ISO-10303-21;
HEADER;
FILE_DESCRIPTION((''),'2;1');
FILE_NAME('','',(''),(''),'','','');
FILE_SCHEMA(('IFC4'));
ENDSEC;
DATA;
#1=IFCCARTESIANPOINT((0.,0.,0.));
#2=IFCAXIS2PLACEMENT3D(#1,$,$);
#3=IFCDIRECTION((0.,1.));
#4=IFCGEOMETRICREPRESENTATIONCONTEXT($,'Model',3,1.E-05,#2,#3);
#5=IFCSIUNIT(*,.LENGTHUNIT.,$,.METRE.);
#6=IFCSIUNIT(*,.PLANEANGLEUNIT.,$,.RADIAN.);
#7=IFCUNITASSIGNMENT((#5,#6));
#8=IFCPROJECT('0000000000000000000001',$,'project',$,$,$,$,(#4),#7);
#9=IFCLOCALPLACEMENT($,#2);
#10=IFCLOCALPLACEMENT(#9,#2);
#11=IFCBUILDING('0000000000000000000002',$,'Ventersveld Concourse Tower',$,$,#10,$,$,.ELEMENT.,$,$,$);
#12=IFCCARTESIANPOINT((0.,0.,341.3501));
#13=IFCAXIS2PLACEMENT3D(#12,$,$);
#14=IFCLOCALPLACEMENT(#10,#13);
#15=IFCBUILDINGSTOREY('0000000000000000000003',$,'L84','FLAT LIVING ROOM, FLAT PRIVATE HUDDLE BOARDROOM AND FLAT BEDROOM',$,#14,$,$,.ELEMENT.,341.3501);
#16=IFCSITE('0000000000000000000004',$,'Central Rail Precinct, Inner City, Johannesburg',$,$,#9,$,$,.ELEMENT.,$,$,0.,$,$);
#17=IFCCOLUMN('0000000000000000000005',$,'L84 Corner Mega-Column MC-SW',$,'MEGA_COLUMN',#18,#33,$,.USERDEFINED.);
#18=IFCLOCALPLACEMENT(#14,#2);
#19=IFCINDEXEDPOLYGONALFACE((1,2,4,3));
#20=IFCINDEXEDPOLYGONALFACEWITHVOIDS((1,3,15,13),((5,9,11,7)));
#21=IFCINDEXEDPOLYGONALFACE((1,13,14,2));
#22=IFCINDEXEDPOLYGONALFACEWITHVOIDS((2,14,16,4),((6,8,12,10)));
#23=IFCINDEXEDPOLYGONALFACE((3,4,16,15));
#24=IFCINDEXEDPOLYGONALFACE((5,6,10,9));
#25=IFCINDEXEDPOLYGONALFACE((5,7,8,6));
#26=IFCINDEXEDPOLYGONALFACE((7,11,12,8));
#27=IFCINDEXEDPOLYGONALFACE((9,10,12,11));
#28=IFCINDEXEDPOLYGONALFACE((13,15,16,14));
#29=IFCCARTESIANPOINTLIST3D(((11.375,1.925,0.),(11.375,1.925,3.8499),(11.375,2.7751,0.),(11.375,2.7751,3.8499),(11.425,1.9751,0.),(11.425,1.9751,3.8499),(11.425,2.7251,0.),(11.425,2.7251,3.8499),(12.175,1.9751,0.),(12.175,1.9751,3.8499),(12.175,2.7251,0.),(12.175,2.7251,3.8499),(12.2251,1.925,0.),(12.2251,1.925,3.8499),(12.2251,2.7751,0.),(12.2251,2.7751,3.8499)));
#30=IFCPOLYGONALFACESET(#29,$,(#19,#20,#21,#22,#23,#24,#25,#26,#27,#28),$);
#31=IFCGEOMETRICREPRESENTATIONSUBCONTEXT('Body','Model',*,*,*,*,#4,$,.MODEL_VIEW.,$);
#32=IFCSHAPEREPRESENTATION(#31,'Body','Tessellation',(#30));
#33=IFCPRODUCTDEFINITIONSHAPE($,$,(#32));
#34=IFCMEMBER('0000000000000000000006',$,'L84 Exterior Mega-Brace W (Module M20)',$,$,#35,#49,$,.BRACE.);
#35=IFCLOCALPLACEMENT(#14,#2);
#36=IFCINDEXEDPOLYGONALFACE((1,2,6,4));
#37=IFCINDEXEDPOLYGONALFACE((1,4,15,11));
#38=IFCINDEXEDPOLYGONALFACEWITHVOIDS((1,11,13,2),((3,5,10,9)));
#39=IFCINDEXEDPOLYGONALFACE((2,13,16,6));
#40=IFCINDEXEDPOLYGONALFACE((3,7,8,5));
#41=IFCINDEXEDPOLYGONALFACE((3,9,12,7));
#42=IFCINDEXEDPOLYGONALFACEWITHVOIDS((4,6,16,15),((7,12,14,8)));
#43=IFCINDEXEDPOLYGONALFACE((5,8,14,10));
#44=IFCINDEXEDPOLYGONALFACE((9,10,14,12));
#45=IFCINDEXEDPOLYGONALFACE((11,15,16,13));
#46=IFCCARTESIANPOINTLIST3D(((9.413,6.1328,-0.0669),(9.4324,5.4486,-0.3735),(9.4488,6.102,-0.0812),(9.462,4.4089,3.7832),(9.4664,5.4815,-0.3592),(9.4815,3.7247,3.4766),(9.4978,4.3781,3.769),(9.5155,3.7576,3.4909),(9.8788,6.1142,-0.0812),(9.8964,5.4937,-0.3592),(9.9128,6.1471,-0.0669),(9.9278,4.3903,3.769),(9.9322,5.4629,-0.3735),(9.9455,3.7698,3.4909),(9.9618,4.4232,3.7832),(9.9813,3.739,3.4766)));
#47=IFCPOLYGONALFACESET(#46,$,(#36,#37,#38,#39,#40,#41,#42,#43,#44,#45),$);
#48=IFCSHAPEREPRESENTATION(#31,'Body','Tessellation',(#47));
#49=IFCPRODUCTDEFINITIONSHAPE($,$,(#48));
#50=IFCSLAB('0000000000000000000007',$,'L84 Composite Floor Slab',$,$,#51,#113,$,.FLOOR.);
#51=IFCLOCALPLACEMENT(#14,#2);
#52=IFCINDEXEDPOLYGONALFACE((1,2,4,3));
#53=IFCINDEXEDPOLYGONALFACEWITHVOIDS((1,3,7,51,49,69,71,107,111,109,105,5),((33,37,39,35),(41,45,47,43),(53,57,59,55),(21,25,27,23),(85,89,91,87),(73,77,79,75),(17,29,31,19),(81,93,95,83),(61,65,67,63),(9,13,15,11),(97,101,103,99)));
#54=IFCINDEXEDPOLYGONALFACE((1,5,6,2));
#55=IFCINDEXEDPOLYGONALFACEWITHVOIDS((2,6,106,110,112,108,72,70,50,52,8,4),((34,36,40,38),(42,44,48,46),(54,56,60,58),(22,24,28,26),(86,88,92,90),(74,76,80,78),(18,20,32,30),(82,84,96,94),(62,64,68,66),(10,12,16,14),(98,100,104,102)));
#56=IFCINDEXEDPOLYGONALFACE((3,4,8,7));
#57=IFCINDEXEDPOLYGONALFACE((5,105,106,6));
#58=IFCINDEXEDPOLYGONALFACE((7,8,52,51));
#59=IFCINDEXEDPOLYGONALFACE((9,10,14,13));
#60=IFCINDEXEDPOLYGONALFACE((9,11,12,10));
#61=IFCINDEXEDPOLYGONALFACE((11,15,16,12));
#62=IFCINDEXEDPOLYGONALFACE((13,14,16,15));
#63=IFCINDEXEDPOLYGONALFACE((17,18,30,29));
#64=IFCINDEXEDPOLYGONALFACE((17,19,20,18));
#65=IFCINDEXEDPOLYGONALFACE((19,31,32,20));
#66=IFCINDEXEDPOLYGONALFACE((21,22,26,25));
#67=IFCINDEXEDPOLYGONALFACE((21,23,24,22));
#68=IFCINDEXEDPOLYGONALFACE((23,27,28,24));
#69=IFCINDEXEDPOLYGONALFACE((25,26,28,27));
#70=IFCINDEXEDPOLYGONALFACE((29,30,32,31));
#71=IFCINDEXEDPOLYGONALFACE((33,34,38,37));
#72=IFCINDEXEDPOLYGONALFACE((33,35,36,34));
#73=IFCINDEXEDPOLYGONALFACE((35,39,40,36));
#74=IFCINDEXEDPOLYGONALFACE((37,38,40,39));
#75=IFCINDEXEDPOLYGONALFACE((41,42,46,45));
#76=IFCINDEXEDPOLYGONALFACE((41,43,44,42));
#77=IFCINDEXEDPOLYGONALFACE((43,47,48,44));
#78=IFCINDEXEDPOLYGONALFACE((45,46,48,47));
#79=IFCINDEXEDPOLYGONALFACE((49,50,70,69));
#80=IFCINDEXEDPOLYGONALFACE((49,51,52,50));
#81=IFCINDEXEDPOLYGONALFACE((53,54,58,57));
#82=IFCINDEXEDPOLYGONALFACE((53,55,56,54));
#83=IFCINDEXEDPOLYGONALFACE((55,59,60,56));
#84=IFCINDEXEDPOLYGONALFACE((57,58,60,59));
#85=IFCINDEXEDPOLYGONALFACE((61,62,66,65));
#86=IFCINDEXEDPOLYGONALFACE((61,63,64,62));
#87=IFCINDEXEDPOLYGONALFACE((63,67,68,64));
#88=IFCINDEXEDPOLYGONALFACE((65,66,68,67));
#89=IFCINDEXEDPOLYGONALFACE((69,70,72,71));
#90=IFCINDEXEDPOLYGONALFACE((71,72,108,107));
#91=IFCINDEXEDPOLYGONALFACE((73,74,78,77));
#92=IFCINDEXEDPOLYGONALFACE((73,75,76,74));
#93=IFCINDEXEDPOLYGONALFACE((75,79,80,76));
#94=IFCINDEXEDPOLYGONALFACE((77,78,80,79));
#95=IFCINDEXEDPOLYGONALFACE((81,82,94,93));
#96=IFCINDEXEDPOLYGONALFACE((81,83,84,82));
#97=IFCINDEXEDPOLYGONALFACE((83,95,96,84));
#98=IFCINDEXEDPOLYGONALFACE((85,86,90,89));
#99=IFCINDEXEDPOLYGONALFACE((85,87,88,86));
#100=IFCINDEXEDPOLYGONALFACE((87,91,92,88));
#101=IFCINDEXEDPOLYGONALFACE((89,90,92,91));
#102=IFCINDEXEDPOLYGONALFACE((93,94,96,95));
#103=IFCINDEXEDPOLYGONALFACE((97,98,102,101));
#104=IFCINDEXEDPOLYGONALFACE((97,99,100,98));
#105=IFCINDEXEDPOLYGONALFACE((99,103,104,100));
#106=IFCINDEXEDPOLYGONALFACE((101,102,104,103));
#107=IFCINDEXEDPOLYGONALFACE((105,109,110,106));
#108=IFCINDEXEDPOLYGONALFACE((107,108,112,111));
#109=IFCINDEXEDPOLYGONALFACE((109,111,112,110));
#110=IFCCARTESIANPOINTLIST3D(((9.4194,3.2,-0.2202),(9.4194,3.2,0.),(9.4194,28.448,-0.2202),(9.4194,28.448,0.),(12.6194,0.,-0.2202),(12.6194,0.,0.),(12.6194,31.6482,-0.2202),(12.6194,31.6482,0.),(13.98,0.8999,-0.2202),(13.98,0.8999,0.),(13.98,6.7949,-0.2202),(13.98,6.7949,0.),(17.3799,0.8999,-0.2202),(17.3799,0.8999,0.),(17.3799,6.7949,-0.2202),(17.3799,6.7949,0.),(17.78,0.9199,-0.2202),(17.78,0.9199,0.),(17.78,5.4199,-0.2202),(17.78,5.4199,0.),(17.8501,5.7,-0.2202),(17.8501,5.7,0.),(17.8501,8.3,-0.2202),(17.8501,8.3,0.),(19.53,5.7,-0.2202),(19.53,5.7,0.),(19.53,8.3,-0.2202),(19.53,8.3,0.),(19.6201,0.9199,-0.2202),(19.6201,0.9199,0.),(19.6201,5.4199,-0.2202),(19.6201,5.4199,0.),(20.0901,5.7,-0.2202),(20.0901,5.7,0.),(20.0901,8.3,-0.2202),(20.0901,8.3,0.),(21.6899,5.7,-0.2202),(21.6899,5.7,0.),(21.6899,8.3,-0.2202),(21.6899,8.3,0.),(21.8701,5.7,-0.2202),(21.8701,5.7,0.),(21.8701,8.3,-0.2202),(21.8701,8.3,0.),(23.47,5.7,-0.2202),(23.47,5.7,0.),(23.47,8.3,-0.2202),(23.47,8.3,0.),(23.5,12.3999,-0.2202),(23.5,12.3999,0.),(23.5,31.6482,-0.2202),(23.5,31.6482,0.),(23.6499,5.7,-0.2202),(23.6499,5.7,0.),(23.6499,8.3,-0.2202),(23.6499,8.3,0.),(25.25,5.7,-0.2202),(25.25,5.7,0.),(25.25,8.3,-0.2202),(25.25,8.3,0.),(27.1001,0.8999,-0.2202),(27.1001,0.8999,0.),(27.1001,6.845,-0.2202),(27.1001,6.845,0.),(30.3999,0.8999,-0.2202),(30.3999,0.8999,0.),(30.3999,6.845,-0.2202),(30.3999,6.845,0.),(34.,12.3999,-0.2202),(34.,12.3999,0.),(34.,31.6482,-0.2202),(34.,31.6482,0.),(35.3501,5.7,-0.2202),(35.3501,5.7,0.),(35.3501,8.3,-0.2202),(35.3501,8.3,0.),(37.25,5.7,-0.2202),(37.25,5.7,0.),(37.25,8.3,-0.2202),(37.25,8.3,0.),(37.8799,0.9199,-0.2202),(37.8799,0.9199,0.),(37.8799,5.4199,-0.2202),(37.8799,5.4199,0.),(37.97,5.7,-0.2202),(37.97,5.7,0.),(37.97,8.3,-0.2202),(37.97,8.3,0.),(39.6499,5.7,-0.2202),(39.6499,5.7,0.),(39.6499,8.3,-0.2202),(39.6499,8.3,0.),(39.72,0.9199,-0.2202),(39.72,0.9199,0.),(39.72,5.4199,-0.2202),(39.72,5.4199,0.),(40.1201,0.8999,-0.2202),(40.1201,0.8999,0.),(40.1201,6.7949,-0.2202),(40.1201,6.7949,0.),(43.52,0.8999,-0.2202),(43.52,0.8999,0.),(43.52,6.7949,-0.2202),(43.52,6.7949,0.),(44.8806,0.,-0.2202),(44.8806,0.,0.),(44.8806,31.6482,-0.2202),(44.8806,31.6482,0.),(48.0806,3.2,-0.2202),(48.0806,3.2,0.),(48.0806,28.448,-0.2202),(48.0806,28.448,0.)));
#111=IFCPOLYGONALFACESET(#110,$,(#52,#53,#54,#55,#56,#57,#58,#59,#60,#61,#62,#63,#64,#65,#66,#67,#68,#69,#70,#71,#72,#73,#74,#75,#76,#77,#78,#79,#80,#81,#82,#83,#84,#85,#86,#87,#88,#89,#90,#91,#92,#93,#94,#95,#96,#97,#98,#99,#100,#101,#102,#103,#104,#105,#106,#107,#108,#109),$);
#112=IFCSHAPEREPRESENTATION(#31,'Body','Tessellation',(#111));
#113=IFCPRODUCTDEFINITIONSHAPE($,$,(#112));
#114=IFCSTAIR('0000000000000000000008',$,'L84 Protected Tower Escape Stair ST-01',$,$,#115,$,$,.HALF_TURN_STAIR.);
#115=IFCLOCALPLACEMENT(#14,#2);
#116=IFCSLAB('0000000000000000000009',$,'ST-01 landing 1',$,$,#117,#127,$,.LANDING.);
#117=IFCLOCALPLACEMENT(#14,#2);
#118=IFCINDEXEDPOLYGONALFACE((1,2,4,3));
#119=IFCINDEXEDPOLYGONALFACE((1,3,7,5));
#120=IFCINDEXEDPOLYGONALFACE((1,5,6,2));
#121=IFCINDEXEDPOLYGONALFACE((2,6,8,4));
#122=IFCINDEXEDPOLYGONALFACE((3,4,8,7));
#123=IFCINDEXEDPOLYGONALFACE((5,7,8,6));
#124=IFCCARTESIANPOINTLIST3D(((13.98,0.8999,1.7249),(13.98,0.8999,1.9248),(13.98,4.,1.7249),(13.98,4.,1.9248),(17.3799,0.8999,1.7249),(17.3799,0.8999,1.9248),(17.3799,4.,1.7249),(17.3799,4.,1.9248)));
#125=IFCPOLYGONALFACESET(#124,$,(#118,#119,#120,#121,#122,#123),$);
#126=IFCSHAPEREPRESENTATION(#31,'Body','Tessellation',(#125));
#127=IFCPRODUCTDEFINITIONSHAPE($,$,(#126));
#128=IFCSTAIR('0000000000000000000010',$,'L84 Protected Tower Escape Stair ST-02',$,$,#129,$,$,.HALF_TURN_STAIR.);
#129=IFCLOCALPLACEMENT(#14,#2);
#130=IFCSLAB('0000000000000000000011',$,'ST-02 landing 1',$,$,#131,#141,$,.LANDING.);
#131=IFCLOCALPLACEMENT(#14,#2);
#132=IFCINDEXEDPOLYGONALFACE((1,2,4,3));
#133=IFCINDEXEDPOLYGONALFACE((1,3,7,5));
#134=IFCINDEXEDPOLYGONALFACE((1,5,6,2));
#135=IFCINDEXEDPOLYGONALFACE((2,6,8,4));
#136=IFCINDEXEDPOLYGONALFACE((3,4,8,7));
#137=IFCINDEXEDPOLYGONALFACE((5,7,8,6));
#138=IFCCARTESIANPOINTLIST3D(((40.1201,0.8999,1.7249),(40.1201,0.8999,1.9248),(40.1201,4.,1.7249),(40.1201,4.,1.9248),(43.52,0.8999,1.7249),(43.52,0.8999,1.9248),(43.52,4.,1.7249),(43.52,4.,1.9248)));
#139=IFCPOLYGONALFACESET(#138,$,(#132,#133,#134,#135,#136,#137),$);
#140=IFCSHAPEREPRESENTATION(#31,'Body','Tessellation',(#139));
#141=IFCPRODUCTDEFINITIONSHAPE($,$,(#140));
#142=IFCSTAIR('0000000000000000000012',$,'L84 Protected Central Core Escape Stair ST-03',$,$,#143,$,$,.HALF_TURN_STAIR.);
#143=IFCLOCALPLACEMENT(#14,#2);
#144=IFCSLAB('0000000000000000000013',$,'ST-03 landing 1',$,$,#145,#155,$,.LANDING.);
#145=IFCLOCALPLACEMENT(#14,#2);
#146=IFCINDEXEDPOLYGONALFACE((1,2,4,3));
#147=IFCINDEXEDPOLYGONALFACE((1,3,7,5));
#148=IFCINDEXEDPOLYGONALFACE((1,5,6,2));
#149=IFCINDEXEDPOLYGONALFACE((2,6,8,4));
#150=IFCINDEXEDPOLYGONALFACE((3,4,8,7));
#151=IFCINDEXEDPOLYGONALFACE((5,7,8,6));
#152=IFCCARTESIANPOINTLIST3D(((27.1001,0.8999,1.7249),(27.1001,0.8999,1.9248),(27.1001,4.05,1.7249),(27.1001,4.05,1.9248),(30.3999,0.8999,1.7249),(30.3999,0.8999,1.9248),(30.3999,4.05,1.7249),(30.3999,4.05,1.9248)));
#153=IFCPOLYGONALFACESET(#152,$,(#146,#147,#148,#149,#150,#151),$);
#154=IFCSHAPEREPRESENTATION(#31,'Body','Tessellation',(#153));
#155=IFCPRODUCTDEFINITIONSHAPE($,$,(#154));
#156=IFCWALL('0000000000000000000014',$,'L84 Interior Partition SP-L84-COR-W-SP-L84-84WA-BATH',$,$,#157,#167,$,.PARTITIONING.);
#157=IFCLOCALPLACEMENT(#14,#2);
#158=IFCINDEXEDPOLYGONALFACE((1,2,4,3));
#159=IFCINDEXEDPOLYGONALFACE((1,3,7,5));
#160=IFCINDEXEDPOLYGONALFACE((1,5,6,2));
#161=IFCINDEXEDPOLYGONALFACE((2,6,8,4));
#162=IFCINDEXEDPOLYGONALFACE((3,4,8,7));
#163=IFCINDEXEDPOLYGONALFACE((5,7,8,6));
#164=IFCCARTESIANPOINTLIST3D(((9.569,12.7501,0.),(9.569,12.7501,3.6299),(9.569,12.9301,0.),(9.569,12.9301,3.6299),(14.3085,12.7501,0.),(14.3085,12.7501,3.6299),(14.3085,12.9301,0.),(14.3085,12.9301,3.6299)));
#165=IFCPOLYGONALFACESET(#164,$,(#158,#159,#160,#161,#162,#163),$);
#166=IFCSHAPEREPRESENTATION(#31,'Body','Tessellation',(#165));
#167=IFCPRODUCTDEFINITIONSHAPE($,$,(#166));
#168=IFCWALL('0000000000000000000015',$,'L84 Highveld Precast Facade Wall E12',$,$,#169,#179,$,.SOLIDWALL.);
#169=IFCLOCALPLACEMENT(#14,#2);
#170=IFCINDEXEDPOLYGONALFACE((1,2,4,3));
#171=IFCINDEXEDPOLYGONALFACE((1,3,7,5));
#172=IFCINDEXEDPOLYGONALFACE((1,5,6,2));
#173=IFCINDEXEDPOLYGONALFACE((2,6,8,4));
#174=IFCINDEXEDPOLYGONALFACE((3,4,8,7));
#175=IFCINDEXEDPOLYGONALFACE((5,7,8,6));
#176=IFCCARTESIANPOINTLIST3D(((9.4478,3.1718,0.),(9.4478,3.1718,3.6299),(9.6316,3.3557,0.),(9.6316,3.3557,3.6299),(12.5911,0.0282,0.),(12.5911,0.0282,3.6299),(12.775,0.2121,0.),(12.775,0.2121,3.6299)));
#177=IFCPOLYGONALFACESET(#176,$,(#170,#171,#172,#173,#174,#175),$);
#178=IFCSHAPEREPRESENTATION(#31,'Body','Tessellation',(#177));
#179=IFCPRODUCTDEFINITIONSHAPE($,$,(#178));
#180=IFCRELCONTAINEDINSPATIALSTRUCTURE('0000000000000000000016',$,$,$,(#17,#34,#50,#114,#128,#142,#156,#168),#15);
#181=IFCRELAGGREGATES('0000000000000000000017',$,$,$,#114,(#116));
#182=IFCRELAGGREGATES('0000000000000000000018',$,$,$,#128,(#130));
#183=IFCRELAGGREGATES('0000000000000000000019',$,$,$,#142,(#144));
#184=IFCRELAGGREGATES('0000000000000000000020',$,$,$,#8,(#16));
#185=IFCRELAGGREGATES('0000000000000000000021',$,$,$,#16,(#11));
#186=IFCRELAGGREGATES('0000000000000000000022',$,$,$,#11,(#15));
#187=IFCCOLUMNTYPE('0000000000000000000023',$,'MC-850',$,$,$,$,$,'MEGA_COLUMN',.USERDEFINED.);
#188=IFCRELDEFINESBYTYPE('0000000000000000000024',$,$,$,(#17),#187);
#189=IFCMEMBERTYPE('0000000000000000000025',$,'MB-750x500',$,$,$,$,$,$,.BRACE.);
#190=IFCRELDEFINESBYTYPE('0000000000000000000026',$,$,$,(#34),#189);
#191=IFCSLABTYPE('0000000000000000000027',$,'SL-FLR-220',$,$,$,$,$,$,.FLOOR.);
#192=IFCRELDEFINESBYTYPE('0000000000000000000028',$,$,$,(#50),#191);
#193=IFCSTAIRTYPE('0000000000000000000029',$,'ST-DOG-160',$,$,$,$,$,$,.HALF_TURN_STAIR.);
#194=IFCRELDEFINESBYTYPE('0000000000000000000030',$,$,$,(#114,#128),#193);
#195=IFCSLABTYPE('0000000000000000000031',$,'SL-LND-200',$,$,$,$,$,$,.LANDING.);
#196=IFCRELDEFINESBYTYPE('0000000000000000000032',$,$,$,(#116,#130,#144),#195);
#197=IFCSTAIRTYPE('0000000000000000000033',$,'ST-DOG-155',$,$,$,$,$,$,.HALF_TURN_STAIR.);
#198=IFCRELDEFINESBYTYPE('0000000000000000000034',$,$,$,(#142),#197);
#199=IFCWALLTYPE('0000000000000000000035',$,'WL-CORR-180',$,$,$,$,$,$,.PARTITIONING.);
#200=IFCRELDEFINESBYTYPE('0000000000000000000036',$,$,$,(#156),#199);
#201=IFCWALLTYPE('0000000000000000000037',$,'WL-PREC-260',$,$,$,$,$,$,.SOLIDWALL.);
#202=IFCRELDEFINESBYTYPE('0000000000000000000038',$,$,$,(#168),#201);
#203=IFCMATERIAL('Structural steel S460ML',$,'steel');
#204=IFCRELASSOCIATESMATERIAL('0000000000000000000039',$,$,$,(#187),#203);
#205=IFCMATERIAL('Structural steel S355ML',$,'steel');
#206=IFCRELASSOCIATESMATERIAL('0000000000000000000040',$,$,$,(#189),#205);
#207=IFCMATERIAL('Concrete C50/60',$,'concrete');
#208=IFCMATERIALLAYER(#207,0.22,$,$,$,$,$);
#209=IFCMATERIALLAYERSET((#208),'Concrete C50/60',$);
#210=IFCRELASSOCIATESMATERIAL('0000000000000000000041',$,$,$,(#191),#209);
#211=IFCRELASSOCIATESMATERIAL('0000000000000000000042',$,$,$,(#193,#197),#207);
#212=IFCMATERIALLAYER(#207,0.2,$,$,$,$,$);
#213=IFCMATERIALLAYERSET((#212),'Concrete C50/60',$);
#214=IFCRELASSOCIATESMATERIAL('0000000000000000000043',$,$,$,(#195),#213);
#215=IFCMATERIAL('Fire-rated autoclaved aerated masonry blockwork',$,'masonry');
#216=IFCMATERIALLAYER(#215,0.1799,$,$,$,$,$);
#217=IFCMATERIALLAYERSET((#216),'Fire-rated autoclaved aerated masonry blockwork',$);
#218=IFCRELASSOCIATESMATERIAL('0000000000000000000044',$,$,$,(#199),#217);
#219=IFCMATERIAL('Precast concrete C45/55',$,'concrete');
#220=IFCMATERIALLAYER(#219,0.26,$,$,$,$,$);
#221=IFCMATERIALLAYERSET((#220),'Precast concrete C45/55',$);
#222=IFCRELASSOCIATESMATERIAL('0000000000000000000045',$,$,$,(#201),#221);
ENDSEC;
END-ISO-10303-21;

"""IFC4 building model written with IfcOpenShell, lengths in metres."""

from ifc_helpers import new_model, si_unit, direction, frame, frame_2d, origin, origin_2d, place, context, subcontext, project, spatial, polyline, rectangle, hollow_rectangle, outline, extrude, material, layer, layer_set, material_profile, profile_set, type_object, element, aggregate, save


model = new_model("IFC4")

# Units and contexts
model_context = context("Model", 3, precision=1e-05, world=origin(), true_north=direction((0.0, 1.0)))
body_context = subcontext(model_context, "Body", "Model", "MODEL_VIEW")
ifc_project = project(units=[si_unit("LENGTHUNIT", "METRE"), si_unit("PLANEANGLEUNIT", "RADIAN")], contexts=[model_context])

# Site, building, storey
site_placement = place(None, origin())
site = spatial("IfcSite", under=ifc_project, at=site_placement, Name="Central Rail Precinct, Inner City, Johannesburg", CompositionType="ELEMENT", RefElevation=0.0)
building_placement = place(site_placement, origin())
building = spatial("IfcBuilding", under=site, at=building_placement, Name="Ventersveld Concourse Tower", CompositionType="ELEMENT")
storey_placement = place(building_placement, frame((0.0, 0.0, 341.3501)))
storey = spatial("IfcBuildingStorey", under=building, at=storey_placement, Name="L84", Description="FLAT LIVING ROOM, FLAT PRIVATE HUDDLE BOARDROOM AND FLAT BEDROOM", CompositionType="ELEMENT", Elevation=341.3501)

# Column
ifc_material_1 = material(Name="Structural steel S460ML", Category="steel")
ifc_material_profile_1 = material_profile(ifc_material_1, hollow_rectangle(XDim=0.8501, YDim=0.8501, WallThickness=0.05, at=origin_2d()), Name="BOX 850x850x50")
ifc_profile_set_1 = profile_set([ifc_material_profile_1], Name="Structural steel S460ML")
column_type = type_object("IfcColumnType", Name="MC-850", ElementType="MEGA_COLUMN", PredefinedType="USERDEFINED", material=ifc_profile_set_1)
column_placement = place(storey_placement, frame((11.8, 2.3501, 0.0), z_axis=(0.0, 0.0, 1.0), x_axis=(1.0, 0.0, 0.0)))
element("IfcColumn", 1, at=column_placement, inside=storey, type_object=column_type, Name="L84 Corner Mega-Column MC-SW", ObjectType="MEGA_COLUMN", PredefinedType="USERDEFINED", context=body_context, shape_type="SweptSolid", body=[
    extrude(hollow_rectangle(XDim=0.8501, YDim=0.8501, WallThickness=0.05, at=origin_2d()), origin(), (0.0, 0.0, 1.0), 3.8499),
])

# Member
ifc_material_2 = material(Name="Structural steel S355ML", Category="steel")
ifc_material_profile_2 = material_profile(ifc_material_2, hollow_rectangle(XDim=0.5, YDim=0.75, WallThickness=0.0349, at=origin_2d()), Name="BOX 750x500x35")
ifc_profile_set_2 = profile_set([ifc_material_profile_2], Name="Structural steel S355ML")
member_type = type_object("IfcMemberType", Name="MB-750x500", PredefinedType="BRACE", material=ifc_profile_set_2)
member_placement = place(storey_placement, frame((9.6726, 5.7979, -0.2202), z_axis=(0.011632, -0.408628, 0.912627), x_axis=(0.999595, 0.028455, 0.0)))
element("IfcMember", 2, at=member_placement, inside=storey, type_object=member_type, Name="L84 Exterior Mega-Brace W (Module M20)", PredefinedType="BRACE", context=body_context, shape_type="SweptSolid", body=[
    extrude(hollow_rectangle(XDim=0.5, YDim=0.75, WallThickness=0.0349, at=origin_2d()), origin(), (0.0, 0.0, 1.0), 4.2188),
])

# Slab
ifc_material_3 = material(Name="Concrete C50/60", Category="concrete")
ifc_layer_1 = layer(ifc_material_3, 0.22)
ifc_layer_set_1 = layer_set([ifc_layer_1], Name="Concrete C50/60")
slab_type_1 = type_object("IfcSlabType", Name="SL-FLR-220", PredefinedType="FLOOR", material=ifc_layer_set_1)
slab_1_placement = place(storey_placement, frame((0.0, 0.0, -0.2202)))
element("IfcSlab", 3, at=slab_1_placement, inside=storey, type_object=slab_type_1, Name="L84 Composite Floor Slab", PredefinedType="FLOOR", context=body_context, shape_type="SweptSolid", body=[
    extrude(outline(polyline([(12.6194, 0.0), (44.8806, 0.0), (48.0806, 3.2), (48.0806, 28.448), (44.8806, 31.6482), (34.0, 31.6482), (34.0, 12.3999), (23.5, 12.3999), (23.5, 31.6482), (12.6194, 31.6482), (9.4194, 28.448), (9.4194, 3.2), (12.6194, 0.0)]), holes=[polyline([(13.98, 6.7949), (13.98, 0.8999), (17.3799, 0.8999), (17.3799, 6.7949), (13.98, 6.7949)]), polyline([(40.1201, 6.7949), (40.1201, 0.8999), (43.52, 0.8999), (43.52, 6.7949), (40.1201, 6.7949)]), polyline([(27.1001, 6.845), (27.1001, 0.8999), (30.3999, 0.8999), (30.3999, 6.845), (27.1001, 6.845)]), polyline([(17.8501, 5.7), (19.53, 5.7), (19.53, 8.3), (17.8501, 8.3), (17.8501, 5.7)]), polyline([(37.97, 5.7), (39.6499, 5.7), (39.6499, 8.3), (37.97, 8.3), (37.97, 5.7)]), polyline([(35.3501, 5.7), (37.25, 5.7), (37.25, 8.3), (35.3501, 8.3), (35.3501, 5.7)]), polyline([(20.0901, 5.7), (21.6899, 5.7), (21.6899, 8.3), (20.0901, 8.3), (20.0901, 5.7)]), polyline([(21.8701, 5.7), (23.47, 5.7), (23.47, 8.3), (21.8701, 8.3), (21.8701, 5.7)]), polyline([(23.6499, 5.7), (25.25, 5.7), (25.25, 8.3), (23.6499, 8.3), (23.6499, 5.7)]), polyline([(17.78, 0.9199), (19.6201, 0.9199), (19.6201, 5.4199), (17.78, 5.4199), (17.78, 0.9199)]), polyline([(37.8799, 0.9199), (39.72, 0.9199), (39.72, 5.4199), (37.8799, 5.4199), (37.8799, 0.9199)])]), origin(), (0.0, 0.0, 1.0), 0.2202),
])

# Stairs, slabs
stair_type_1 = type_object("IfcStairType", Name="ST-DOG-160", PredefinedType="HALF_TURN_STAIR", material=ifc_material_3)
stair_1_placement = place(storey_placement, origin())
stair_1 = element("IfcStair", 4, at=stair_1_placement, inside=storey, type_object=stair_type_1, Name="L84 Protected Tower Escape Stair ST-01", PredefinedType="HALF_TURN_STAIR")
ifc_layer_2 = layer(ifc_material_3, 0.2)
ifc_layer_set_2 = layer_set([ifc_layer_2], Name="Concrete C50/60")
slab_type_2 = type_object("IfcSlabType", Name="SL-LND-200", PredefinedType="LANDING", material=ifc_layer_set_2)
slab_2_placement = place(storey_placement, frame((0.0, 0.0, 1.7249)))
slab_2 = element("IfcSlab", 5, at=slab_2_placement, type_object=slab_type_2, Name="ST-01 landing 1", PredefinedType="LANDING", context=body_context, shape_type="SweptSolid", body=[
    extrude(outline(polyline([(13.98, 4.0), (13.98, 0.8999), (17.3799, 0.8999), (17.3799, 4.0), (13.98, 4.0)])), origin(), (0.0, 0.0, 1.0), 0.2),
])
aggregate(stair_1, [slab_2])
stair_2_placement = place(storey_placement, origin())
stair_2 = element("IfcStair", 6, at=stair_2_placement, inside=storey, type_object=stair_type_1, Name="L84 Protected Tower Escape Stair ST-02", PredefinedType="HALF_TURN_STAIR")
slab_3_placement = place(storey_placement, frame((0.0, 0.0, 1.7249)))
slab_3 = element("IfcSlab", 7, at=slab_3_placement, type_object=slab_type_2, Name="ST-02 landing 1", PredefinedType="LANDING", context=body_context, shape_type="SweptSolid", body=[
    extrude(outline(polyline([(40.1201, 4.0), (40.1201, 0.8999), (43.52, 0.8999), (43.52, 4.0), (40.1201, 4.0)])), origin(), (0.0, 0.0, 1.0), 0.2),
])
aggregate(stair_2, [slab_3])
stair_type_2 = type_object("IfcStairType", Name="ST-DOG-155", PredefinedType="HALF_TURN_STAIR", material=ifc_material_3)
stair_3_placement = place(storey_placement, origin())
stair_3 = element("IfcStair", 8, at=stair_3_placement, inside=storey, type_object=stair_type_2, Name="L84 Protected Central Core Escape Stair ST-03", PredefinedType="HALF_TURN_STAIR")
slab_4_placement = place(storey_placement, frame((0.0, 0.0, 1.7249)))
slab_4 = element("IfcSlab", 9, at=slab_4_placement, type_object=slab_type_2, Name="ST-03 landing 1", PredefinedType="LANDING", context=body_context, shape_type="SweptSolid", body=[
    extrude(outline(polyline([(27.1001, 4.05), (27.1001, 0.8999), (30.3999, 0.8999), (30.3999, 4.05), (27.1001, 4.05)])), origin(), (0.0, 0.0, 1.0), 0.2),
])
aggregate(stair_3, [slab_4])

# Shared definitions
ifc_material_4 = material(Name="Fire-rated autoclaved aerated masonry blockwork", Category="masonry")
ifc_layer_3 = layer(ifc_material_4, 0.1799)
ifc_layer_set_3 = layer_set([ifc_layer_3], Name="Fire-rated autoclaved aerated masonry blockwork")
wall_type_1 = type_object("IfcWallType", Name="WL-CORR-180", PredefinedType="PARTITIONING", material=ifc_layer_set_3)

# Walls
wall_1_placement = place(storey_placement, frame((9.5691, 12.8401, 0.0), z_axis=(0.0, 0.0, 1.0), x_axis=(1.0, 0.0, 0.0)))
element("IfcWall", 10, at=wall_1_placement, inside=storey, type_object=wall_type_1, Name="L84 Interior Partition SP-L84-COR-W-SP-L84-84WA-BATH", PredefinedType="PARTITIONING", context=body_context, shape_type="SweptSolid", body=[
    extrude(rectangle(XDim=4.7395, YDim=0.1799, at=frame_2d((2.3696, 0.0))), origin(), (0.0, 0.0, 1.0), 3.6299),
])
ifc_material_5 = material(Name="Precast concrete C45/55", Category="concrete")
ifc_layer_4 = layer(ifc_material_5, 0.26)
ifc_layer_set_4 = layer_set([ifc_layer_4], Name="Precast concrete C45/55")
wall_type_2 = type_object("IfcWallType", Name="WL-PREC-260", PredefinedType="SOLIDWALL", material=ifc_layer_set_4)
wall_2_placement = place(storey_placement, frame((9.5398, 3.2637, 0.0), z_axis=(0.0, 0.0, 1.0), x_axis=(0.707079, -0.707134, 0.0)))
element("IfcWall", 11, at=wall_2_placement, inside=storey, type_object=wall_type_2, Name="L84 Highveld Precast Facade Wall E12", PredefinedType="SOLIDWALL", context=body_context, shape_type="SweptSolid", body=[
    extrude(rectangle(XDim=4.4456, YDim=0.26, at=frame_2d((2.2227, 0.0))), origin(), (0.0, 0.0, 1.0), 3.6299),
])

save(model, "model.ifc")
